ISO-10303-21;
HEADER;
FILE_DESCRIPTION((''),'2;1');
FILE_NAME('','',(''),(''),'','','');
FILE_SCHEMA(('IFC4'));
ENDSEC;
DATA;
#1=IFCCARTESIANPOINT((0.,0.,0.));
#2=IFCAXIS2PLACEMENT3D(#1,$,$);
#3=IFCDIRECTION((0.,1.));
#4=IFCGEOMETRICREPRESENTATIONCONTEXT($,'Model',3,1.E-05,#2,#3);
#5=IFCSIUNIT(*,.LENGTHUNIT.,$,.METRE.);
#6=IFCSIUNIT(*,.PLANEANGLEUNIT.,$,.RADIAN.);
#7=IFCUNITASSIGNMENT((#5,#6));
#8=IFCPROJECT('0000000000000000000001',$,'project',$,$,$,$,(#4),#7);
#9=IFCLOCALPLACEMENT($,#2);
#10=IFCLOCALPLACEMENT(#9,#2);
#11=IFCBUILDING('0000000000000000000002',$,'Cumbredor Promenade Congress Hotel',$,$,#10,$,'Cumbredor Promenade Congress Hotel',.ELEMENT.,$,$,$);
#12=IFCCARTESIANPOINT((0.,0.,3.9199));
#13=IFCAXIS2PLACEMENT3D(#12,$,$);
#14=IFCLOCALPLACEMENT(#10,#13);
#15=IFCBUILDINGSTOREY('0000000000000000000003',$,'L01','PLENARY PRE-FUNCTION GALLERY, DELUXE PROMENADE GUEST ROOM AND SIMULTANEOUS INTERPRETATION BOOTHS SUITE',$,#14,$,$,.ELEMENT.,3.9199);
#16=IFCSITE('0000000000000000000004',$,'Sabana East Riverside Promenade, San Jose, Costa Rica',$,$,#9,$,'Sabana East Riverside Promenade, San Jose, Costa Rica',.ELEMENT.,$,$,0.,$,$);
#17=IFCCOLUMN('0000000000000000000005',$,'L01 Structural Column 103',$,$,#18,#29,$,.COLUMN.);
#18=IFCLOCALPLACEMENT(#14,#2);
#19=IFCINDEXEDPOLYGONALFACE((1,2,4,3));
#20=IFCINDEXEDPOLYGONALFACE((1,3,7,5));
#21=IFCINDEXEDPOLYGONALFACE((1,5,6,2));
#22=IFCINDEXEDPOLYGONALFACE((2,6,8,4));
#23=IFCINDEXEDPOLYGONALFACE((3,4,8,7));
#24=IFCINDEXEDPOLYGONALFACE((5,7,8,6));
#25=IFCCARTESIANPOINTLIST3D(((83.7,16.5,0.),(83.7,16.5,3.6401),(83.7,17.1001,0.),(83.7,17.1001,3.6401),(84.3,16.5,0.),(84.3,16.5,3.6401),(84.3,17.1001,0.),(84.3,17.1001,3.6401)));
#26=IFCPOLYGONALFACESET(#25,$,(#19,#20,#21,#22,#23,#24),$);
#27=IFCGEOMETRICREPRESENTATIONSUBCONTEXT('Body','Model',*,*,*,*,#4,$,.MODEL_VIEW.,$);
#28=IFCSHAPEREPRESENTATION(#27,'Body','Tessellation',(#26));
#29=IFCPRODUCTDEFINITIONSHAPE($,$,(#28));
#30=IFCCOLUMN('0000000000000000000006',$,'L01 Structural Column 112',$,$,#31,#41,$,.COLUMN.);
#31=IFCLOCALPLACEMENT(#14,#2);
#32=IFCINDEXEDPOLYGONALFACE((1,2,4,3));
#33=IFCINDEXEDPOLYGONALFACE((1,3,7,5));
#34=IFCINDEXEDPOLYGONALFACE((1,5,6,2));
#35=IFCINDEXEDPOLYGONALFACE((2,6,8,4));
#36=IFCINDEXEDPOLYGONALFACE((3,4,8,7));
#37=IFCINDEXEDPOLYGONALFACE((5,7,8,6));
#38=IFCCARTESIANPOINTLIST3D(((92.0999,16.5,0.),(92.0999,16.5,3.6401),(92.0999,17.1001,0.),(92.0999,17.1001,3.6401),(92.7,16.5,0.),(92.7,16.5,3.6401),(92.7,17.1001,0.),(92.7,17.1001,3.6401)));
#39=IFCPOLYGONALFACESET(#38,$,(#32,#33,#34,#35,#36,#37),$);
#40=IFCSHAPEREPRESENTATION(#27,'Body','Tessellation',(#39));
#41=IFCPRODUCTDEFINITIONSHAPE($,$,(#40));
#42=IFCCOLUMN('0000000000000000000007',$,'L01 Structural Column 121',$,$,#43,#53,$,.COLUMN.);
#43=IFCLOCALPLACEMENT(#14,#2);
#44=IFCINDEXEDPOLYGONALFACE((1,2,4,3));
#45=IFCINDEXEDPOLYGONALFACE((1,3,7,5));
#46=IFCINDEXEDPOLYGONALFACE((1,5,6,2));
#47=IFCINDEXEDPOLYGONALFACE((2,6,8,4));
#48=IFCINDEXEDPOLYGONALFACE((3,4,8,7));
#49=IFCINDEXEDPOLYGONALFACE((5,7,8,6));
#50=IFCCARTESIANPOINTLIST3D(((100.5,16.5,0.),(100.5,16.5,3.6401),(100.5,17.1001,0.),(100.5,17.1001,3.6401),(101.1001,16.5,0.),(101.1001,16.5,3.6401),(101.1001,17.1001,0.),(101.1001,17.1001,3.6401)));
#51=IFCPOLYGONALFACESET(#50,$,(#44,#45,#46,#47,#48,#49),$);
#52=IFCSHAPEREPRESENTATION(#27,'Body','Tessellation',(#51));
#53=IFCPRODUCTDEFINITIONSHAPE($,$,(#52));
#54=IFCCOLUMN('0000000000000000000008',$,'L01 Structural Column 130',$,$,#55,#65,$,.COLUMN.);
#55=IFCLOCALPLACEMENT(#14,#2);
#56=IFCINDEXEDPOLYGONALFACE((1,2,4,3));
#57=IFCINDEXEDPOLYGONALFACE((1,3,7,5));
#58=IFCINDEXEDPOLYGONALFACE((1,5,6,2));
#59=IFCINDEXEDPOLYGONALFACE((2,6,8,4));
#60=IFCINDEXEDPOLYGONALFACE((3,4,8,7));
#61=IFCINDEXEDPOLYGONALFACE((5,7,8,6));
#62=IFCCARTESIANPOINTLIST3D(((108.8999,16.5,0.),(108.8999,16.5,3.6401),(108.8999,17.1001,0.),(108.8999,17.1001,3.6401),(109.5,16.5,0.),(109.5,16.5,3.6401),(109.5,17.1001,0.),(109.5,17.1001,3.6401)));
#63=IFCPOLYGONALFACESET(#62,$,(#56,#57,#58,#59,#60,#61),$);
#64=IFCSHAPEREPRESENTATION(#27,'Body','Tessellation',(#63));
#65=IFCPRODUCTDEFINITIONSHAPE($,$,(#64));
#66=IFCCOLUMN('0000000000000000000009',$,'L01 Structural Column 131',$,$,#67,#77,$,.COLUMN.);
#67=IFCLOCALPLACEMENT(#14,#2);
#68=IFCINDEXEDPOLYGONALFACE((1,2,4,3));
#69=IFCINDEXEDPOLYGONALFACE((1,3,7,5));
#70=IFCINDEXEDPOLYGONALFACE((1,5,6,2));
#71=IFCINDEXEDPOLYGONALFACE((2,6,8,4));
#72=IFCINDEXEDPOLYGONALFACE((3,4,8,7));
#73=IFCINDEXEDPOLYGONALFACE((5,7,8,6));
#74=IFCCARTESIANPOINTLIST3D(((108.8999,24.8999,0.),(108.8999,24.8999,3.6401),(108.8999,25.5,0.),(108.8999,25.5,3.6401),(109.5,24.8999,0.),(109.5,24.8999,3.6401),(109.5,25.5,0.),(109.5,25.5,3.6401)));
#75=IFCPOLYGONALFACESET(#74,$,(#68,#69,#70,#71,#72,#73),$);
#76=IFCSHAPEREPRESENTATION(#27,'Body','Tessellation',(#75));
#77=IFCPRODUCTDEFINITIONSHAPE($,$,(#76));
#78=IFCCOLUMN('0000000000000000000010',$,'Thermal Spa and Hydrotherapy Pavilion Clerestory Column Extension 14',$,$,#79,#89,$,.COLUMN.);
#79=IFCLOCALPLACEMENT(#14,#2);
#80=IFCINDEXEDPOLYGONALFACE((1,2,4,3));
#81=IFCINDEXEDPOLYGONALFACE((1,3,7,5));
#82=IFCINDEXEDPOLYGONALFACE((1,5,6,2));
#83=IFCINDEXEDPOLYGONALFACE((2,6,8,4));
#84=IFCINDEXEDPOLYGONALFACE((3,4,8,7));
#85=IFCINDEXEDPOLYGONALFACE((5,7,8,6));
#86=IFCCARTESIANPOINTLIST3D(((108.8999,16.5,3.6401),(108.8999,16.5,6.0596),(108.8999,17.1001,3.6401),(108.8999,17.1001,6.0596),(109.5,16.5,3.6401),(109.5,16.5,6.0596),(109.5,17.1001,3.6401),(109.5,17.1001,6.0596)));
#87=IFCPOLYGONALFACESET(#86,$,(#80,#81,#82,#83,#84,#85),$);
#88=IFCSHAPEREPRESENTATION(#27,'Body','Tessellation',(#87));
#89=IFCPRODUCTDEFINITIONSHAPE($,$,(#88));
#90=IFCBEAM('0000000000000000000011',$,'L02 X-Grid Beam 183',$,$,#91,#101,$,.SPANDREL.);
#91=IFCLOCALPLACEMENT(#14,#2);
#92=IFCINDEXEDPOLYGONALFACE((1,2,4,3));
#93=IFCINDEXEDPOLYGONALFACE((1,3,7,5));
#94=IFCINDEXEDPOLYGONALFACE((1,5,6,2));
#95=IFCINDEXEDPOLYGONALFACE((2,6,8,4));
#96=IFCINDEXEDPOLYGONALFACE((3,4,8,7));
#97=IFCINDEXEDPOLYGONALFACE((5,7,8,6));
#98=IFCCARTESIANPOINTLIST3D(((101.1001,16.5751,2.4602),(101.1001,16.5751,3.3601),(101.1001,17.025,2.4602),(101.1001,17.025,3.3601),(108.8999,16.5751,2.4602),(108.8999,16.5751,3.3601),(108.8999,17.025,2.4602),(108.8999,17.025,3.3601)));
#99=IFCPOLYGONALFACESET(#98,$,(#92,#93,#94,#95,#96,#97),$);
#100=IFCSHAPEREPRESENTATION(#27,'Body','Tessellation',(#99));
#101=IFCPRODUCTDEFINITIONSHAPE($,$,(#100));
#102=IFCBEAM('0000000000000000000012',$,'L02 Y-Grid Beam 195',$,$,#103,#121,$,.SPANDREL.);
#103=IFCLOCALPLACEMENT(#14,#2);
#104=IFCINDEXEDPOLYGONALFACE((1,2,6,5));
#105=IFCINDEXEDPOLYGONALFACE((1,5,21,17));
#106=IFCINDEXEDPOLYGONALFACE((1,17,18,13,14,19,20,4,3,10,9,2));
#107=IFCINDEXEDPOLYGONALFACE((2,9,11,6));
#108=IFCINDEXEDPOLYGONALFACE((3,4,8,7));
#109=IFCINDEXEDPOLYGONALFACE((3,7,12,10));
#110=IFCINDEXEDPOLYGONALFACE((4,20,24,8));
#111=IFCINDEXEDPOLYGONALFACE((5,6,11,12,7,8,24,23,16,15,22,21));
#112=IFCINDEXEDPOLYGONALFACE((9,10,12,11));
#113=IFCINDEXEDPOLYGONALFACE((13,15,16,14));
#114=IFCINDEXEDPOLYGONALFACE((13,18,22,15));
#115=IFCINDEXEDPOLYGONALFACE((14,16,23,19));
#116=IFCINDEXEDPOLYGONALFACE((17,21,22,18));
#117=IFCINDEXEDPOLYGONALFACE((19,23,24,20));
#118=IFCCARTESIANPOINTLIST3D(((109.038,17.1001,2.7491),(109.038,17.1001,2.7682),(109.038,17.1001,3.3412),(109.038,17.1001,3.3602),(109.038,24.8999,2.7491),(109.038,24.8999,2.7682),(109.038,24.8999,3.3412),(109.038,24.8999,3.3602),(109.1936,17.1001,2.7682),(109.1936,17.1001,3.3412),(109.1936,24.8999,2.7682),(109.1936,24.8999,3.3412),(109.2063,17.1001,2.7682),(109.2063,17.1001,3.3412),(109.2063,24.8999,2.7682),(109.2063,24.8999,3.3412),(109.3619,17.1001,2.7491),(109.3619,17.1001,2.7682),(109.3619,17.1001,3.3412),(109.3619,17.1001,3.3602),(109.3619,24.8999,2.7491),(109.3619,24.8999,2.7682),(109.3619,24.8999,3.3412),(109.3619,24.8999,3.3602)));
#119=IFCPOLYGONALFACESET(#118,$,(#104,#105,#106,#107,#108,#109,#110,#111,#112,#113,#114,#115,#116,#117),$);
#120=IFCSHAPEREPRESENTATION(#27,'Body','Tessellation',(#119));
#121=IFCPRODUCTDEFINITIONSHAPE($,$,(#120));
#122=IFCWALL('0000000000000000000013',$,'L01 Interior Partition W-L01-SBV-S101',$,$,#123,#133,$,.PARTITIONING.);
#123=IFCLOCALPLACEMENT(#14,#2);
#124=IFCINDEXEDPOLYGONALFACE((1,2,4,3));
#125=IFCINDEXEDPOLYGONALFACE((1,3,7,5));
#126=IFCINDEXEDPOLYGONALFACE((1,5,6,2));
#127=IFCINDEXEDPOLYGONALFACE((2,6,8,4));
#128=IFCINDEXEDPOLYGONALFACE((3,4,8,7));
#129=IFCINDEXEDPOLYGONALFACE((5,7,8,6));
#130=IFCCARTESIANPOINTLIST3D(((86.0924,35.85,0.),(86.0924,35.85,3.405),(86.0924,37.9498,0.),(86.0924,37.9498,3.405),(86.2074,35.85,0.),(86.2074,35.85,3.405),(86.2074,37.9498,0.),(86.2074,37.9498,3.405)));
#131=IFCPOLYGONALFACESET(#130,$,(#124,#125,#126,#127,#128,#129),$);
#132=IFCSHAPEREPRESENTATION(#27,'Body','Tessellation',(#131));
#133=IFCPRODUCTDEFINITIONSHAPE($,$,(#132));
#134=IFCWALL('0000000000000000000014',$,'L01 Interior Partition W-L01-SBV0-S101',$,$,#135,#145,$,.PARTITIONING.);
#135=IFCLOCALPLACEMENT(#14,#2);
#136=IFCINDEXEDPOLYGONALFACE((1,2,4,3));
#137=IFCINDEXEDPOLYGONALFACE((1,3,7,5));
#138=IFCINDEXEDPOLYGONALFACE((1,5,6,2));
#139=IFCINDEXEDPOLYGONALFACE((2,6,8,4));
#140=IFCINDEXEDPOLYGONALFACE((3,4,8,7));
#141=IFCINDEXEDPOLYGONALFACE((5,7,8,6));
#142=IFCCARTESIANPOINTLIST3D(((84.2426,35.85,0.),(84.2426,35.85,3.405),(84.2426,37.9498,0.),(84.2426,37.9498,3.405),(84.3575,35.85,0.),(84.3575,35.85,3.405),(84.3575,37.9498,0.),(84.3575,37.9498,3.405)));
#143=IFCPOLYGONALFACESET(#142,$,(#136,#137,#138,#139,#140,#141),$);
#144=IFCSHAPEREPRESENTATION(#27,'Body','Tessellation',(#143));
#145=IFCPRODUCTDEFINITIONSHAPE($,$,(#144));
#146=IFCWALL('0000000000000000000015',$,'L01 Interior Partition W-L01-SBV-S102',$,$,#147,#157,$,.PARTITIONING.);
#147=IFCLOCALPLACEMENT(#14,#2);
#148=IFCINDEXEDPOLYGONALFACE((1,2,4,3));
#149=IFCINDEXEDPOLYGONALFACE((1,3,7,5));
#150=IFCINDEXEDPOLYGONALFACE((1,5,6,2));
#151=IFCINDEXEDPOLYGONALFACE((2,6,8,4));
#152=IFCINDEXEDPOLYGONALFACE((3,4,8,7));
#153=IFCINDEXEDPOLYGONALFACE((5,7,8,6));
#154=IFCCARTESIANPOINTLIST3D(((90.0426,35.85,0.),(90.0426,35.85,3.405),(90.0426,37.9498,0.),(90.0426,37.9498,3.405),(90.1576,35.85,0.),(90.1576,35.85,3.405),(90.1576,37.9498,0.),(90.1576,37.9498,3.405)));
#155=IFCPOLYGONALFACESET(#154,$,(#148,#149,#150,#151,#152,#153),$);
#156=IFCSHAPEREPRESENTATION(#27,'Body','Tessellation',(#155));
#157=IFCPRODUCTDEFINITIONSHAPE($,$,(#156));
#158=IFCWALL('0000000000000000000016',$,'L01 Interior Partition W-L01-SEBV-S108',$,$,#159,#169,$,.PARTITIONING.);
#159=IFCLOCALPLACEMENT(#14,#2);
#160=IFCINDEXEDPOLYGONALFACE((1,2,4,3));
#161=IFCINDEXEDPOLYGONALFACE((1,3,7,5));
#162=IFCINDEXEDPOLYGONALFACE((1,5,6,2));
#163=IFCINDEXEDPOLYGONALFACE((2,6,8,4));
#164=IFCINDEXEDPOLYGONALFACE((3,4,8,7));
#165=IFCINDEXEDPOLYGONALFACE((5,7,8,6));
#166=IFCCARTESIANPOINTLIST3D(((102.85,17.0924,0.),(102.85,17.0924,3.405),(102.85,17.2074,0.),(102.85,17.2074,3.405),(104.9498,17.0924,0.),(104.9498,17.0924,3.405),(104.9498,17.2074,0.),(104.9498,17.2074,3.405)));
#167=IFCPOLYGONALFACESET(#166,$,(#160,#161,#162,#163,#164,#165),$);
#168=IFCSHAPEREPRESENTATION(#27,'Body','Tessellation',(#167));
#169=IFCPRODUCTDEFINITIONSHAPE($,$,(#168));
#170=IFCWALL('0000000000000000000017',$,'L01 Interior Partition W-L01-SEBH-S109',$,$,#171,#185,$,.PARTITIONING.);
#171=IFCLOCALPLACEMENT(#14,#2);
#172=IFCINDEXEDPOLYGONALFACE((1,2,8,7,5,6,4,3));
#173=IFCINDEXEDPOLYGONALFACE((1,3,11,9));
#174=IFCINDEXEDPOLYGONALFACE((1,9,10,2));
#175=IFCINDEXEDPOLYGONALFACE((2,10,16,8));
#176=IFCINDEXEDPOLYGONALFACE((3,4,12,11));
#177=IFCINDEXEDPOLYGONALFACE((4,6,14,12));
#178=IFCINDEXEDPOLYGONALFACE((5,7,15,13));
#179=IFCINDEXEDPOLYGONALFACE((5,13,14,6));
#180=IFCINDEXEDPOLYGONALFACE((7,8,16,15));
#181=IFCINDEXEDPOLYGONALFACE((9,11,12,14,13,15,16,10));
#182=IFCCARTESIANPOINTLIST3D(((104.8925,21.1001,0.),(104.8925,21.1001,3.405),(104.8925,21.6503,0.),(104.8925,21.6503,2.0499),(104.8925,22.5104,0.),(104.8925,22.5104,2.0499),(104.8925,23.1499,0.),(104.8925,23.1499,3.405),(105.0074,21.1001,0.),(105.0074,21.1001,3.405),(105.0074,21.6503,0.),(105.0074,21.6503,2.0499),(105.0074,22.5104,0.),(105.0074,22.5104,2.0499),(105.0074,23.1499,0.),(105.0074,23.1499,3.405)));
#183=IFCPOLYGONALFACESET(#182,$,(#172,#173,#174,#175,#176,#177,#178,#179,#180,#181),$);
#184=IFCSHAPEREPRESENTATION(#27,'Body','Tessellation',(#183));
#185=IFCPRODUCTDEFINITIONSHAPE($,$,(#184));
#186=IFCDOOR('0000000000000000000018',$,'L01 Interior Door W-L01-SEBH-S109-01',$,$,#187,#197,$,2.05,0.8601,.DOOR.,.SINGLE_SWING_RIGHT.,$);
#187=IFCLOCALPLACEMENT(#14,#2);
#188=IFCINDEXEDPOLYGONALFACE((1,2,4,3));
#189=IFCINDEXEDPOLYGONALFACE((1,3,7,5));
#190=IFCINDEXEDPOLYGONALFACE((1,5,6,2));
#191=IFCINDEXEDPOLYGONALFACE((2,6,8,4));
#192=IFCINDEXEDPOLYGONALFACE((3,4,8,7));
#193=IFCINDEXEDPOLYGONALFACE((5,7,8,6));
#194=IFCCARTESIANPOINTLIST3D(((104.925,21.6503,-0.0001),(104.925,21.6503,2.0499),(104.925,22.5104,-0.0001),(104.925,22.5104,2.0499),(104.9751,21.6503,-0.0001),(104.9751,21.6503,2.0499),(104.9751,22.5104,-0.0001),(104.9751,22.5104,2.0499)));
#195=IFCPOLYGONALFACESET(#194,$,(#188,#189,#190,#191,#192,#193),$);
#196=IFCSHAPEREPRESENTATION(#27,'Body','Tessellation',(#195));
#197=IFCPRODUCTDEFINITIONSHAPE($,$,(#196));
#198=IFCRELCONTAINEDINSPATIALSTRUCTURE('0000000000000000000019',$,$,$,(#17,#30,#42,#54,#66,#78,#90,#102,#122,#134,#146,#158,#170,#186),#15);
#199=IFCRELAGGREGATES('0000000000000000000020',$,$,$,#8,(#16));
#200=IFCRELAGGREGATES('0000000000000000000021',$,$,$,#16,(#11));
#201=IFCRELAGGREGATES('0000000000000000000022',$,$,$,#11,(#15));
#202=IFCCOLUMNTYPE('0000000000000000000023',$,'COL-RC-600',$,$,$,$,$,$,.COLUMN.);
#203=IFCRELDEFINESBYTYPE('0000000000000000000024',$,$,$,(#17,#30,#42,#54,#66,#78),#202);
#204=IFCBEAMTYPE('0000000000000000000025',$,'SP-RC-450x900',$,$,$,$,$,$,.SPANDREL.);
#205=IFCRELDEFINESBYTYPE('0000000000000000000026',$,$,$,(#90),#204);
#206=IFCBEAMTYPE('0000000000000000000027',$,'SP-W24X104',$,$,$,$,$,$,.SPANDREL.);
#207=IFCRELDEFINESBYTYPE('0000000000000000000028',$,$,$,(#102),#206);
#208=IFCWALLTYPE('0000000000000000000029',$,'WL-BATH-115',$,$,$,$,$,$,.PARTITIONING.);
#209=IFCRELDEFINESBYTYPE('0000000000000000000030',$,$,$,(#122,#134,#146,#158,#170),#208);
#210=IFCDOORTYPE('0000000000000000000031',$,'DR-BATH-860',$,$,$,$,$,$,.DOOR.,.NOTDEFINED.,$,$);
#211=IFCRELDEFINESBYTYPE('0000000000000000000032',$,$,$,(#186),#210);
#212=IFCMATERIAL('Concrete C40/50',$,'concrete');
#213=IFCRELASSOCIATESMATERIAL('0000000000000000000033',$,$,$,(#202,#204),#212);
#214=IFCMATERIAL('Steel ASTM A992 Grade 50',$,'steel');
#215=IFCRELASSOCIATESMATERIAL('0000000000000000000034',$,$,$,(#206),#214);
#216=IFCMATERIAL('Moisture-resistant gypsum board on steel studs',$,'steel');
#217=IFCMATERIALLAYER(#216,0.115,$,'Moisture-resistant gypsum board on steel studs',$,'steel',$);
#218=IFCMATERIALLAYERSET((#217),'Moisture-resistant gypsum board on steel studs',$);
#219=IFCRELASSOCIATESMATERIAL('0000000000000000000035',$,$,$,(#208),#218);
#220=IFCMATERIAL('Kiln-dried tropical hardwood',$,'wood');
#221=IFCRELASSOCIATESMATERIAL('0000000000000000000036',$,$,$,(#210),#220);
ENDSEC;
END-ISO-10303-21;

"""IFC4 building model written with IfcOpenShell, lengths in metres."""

from ifc_helpers import new_model, si_unit, direction, frame, frame_2d, origin, origin_2d, place, context, subcontext, project, spatial, rectangle, i_section, extrude, material, layer, layer_set, material_profile, profile_set, type_object, element, fill, save


model = new_model("IFC4")

# Units and contexts
model_context = context("Model", 3, precision=1e-05, world=origin(), true_north=direction((0.0, 1.0)))
body_context = subcontext(model_context, "Body", "Model", "MODEL_VIEW")
ifc_project = project(units=[si_unit("LENGTHUNIT", "METRE"), si_unit("PLANEANGLEUNIT", "RADIAN")], contexts=[model_context])

# Site, building, storey
site_placement = place(None, origin())
site = spatial("IfcSite", under=ifc_project, at=site_placement, Name="Sabana East Riverside Promenade, San Jose, Costa Rica", LongName="Sabana East Riverside Promenade, San Jose, Costa Rica", CompositionType="ELEMENT", RefElevation=0.0)
building_placement = place(site_placement, origin())
building = spatial("IfcBuilding", under=site, at=building_placement, Name="Cumbredor Promenade Congress Hotel", LongName="Cumbredor Promenade Congress Hotel", CompositionType="ELEMENT")
storey_placement = place(building_placement, frame((0.0, 0.0, 3.9199)))
storey = spatial("IfcBuildingStorey", under=building, at=storey_placement, Name="L01", Description="PLENARY PRE-FUNCTION GALLERY, DELUXE PROMENADE GUEST ROOM AND SIMULTANEOUS INTERPRETATION BOOTHS SUITE", CompositionType="ELEMENT", Elevation=3.9199)

# Columns
ifc_material_1 = material(Name="Concrete C40/50", Category="concrete")
ifc_material_profile_1 = material_profile(ifc_material_1, rectangle(XDim=0.6001, YDim=0.6001, at=origin_2d()), Name="RC 600x600")
ifc_profile_set_1 = profile_set([ifc_material_profile_1], Name="Concrete C40/50")
column_type = type_object("IfcColumnType", Name="COL-RC-600", PredefinedType="COLUMN", material=ifc_profile_set_1)
for number, where, z_axis, x_axis, name in (
    (1, (84.0, 16.8, 0.0), (0.0, 0.0, 1.0), (1.0, 0.0, 0.0), "L01 Structural Column 103"),
    (2, (92.3999, 16.8, 0.0), (0.0, 0.0, 1.0), (1.0, 0.0, 0.0), "L01 Structural Column 112"),
    (3, (100.8, 16.8, 0.0), (0.0, 0.0, 1.0), (1.0, 0.0, 0.0), "L01 Structural Column 121"),
    (4, (109.2, 16.8, 0.0), (0.0, 0.0, 1.0), (1.0, 0.0, 0.0), "L01 Structural Column 130"),
    (5, (109.2, 25.2, 0.0), (0.0, 0.0, 1.0), (1.0, 0.0, 0.0), "L01 Structural Column 131"),
):
    element("IfcColumn", number, at=place(storey_placement, frame(where, z_axis=z_axis, x_axis=x_axis)), inside=storey, type_object=column_type, Name=name, PredefinedType="COLUMN", context=body_context, shape_type="SweptSolid", body=[
        extrude(rectangle(XDim=0.6001, YDim=0.6001, at=origin_2d()), origin(), (0.0, 0.0, 1.0), 3.6401),
    ])
column_placement = place(storey_placement, frame((109.2, 16.8, 3.6401), z_axis=(0.0, 0.0, 1.0), x_axis=(1.0, 0.0, 0.0)))
element("IfcColumn", 6, at=column_placement, inside=storey, type_object=column_type, Name="Thermal Spa and Hydrotherapy Pavilion Clerestory Column Extension 14", PredefinedType="COLUMN", context=body_context, shape_type="SweptSolid", body=[
    extrude(rectangle(XDim=0.6001, YDim=0.6001, at=origin_2d()), origin(), (0.0, 0.0, 1.0), 2.4194),
])

# Beams
ifc_material_profile_2 = material_profile(ifc_material_1, rectangle(XDim=0.45, YDim=0.8999, at=origin_2d()), Name="RC SPANDREL 450x900")
ifc_profile_set_2 = profile_set([ifc_material_profile_2], Name="Concrete C40/50")
beam_type_1 = type_object("IfcBeamType", Name="SP-RC-450x900", PredefinedType="SPANDREL", material=ifc_profile_set_2)
beam_1_placement = place(storey_placement, frame((101.1001, 16.8, 2.9102), z_axis=(1.0, 0.0, 0.0), x_axis=(0.0, 1.0, 0.0)))
element("IfcBeam", 7, at=beam_1_placement, inside=storey, type_object=beam_type_1, Name="L02 X-Grid Beam 183", PredefinedType="SPANDREL", context=body_context, shape_type="SweptSolid", body=[
    extrude(rectangle(XDim=0.45, YDim=0.8999, at=origin_2d()), origin(), (0.0, 0.0, 1.0), 7.7998),
])
ifc_material_2 = material(Name="Steel ASTM A992 Grade 50", Category="steel")
ifc_material_profile_3 = material_profile(ifc_material_2, i_section(OverallWidth=0.324, OverallDepth=0.6111, WebThickness=0.0127, FlangeThickness=0.019, at=origin_2d()), Name="W24X104")
ifc_profile_set_3 = profile_set([ifc_material_profile_3], Name="Steel ASTM A992 Grade 50")
beam_type_2 = type_object("IfcBeamType", Name="SP-W24X104", PredefinedType="SPANDREL", material=ifc_profile_set_3)
beam_2_placement = place(storey_placement, frame((109.2, 17.1001, 3.0547), z_axis=(0.0, 1.0, 0.0), x_axis=(-1.0, 0.0, 0.0)))
element("IfcBeam", 8, at=beam_2_placement, inside=storey, type_object=beam_type_2, Name="L02 Y-Grid Beam 195", PredefinedType="SPANDREL", context=body_context, shape_type="SweptSolid", body=[
    extrude(i_section(OverallWidth=0.324, OverallDepth=0.6111, WebThickness=0.0127, FlangeThickness=0.019, at=origin_2d()), origin(), (0.0, 0.0, 1.0), 7.7998),
])

# Walls
ifc_material_3 = material(Name="Moisture-resistant gypsum board on steel studs", Category="steel")
ifc_layer_1 = layer(ifc_material_3, 0.115, Name="Moisture-resistant gypsum board on steel studs", Category="steel")
ifc_layer_set_1 = layer_set([ifc_layer_1], Name="Moisture-resistant gypsum board on steel studs")
wall_type_1 = type_object("IfcWallType", Name="WL-BATH-115", PredefinedType="PARTITIONING", material=ifc_layer_set_1)
for number, where, z_axis, x_axis, name in (
    (9, (86.1499, 35.8501, 0.0), (0.0, 0.0, 1.0), (0.0, 1.0, 0.0), "L01 Interior Partition W-L01-SBV-S101"),
    (10, (84.3, 35.8501, 0.0), (0.0, 0.0, 1.0), (0.0, 1.0, 0.0), "L01 Interior Partition W-L01-SBV0-S101"),
    (11, (90.1001, 35.8501, 0.0), (0.0, 0.0, 1.0), (0.0, 1.0, 0.0), "L01 Interior Partition W-L01-SBV-S102"),
    (12, (102.8501, 17.1499, 0.0), (0.0, 0.0, 1.0), (1.0, 0.0, 0.0), "L01 Interior Partition W-L01-SEBV-S108"),
):
    element("IfcWall", number, at=place(storey_placement, frame(where, z_axis=z_axis, x_axis=x_axis)), inside=storey, type_object=wall_type_1, Name=name, PredefinedType="PARTITIONING", context=body_context, shape_type="SweptSolid", body=[
        extrude(rectangle(XDim=2.0999, YDim=0.115, at=frame_2d((1.0498, 0.0))), origin(), (0.0, 0.0, 1.0), 3.405),
    ])

# Wall, opening, door
wall_1_placement = place(storey_placement, frame((104.95, 21.1001, 0.0), z_axis=(0.0, 0.0, 1.0), x_axis=(0.0, 1.0, 0.0)))
wall_1 = element("IfcWall", 13, at=wall_1_placement, inside=storey, type_object=wall_type_1, Name="L01 Interior Partition W-L01-SEBH-S109", PredefinedType="PARTITIONING", context=body_context, shape_type="SweptSolid", body=[
    extrude(rectangle(XDim=2.0498, YDim=0.115, at=frame_2d((1.0249, 0.0))), origin(), (0.0, 0.0, 1.0), 3.405),
])
opening_1_placement = place(wall_1_placement, frame((0.55, 0.0, 0.0)))
opening_1 = element("IfcOpeningElement", 14, at=opening_1_placement, cuts=wall_1, PredefinedType="OPENING", context=body_context, shape_type="SweptSolid", body=[
    extrude(rectangle(XDim=0.8601, YDim=2.05, at=frame_2d((0.4302, 1.0249))), frame((0.0, 0.0674, 0.0), z_axis=(0.0, -1.0, 0.0), x_axis=(1.0, 0.0, 0.0)), (0.0, 0.0, 1.0), 0.135),
])
ifc_material_4 = material(Name="Kiln-dried tropical hardwood", Category="wood")
door_type_1 = type_object("IfcDoorType", Name="DR-BATH-860", OperationType="NOTDEFINED", PredefinedType="DOOR", material=ifc_material_4)
door_1_placement = place(opening_1_placement, origin())
door_1 = element("IfcDoor", 15, at=door_1_placement, inside=storey, type_object=door_type_1, Name="L01 Interior Door W-L01-SEBH-S109-01", OperationType="SINGLE_SWING_RIGHT", OverallHeight=2.05, OverallWidth=0.8601, PredefinedType="DOOR", context=body_context, shape_type="SweptSolid", body=[
    extrude(rectangle(XDim=0.8601, YDim=2.05, at=frame_2d((0.4302, 1.0249))), frame((0.0, 0.0249, 0.0), z_axis=(0.0, -1.0, 0.0), x_axis=(1.0, 0.0, 0.0)), (0.0, 0.0, 1.0), 0.05),
])
fill(opening_1, door_1)

save(model, "model.ifc")
